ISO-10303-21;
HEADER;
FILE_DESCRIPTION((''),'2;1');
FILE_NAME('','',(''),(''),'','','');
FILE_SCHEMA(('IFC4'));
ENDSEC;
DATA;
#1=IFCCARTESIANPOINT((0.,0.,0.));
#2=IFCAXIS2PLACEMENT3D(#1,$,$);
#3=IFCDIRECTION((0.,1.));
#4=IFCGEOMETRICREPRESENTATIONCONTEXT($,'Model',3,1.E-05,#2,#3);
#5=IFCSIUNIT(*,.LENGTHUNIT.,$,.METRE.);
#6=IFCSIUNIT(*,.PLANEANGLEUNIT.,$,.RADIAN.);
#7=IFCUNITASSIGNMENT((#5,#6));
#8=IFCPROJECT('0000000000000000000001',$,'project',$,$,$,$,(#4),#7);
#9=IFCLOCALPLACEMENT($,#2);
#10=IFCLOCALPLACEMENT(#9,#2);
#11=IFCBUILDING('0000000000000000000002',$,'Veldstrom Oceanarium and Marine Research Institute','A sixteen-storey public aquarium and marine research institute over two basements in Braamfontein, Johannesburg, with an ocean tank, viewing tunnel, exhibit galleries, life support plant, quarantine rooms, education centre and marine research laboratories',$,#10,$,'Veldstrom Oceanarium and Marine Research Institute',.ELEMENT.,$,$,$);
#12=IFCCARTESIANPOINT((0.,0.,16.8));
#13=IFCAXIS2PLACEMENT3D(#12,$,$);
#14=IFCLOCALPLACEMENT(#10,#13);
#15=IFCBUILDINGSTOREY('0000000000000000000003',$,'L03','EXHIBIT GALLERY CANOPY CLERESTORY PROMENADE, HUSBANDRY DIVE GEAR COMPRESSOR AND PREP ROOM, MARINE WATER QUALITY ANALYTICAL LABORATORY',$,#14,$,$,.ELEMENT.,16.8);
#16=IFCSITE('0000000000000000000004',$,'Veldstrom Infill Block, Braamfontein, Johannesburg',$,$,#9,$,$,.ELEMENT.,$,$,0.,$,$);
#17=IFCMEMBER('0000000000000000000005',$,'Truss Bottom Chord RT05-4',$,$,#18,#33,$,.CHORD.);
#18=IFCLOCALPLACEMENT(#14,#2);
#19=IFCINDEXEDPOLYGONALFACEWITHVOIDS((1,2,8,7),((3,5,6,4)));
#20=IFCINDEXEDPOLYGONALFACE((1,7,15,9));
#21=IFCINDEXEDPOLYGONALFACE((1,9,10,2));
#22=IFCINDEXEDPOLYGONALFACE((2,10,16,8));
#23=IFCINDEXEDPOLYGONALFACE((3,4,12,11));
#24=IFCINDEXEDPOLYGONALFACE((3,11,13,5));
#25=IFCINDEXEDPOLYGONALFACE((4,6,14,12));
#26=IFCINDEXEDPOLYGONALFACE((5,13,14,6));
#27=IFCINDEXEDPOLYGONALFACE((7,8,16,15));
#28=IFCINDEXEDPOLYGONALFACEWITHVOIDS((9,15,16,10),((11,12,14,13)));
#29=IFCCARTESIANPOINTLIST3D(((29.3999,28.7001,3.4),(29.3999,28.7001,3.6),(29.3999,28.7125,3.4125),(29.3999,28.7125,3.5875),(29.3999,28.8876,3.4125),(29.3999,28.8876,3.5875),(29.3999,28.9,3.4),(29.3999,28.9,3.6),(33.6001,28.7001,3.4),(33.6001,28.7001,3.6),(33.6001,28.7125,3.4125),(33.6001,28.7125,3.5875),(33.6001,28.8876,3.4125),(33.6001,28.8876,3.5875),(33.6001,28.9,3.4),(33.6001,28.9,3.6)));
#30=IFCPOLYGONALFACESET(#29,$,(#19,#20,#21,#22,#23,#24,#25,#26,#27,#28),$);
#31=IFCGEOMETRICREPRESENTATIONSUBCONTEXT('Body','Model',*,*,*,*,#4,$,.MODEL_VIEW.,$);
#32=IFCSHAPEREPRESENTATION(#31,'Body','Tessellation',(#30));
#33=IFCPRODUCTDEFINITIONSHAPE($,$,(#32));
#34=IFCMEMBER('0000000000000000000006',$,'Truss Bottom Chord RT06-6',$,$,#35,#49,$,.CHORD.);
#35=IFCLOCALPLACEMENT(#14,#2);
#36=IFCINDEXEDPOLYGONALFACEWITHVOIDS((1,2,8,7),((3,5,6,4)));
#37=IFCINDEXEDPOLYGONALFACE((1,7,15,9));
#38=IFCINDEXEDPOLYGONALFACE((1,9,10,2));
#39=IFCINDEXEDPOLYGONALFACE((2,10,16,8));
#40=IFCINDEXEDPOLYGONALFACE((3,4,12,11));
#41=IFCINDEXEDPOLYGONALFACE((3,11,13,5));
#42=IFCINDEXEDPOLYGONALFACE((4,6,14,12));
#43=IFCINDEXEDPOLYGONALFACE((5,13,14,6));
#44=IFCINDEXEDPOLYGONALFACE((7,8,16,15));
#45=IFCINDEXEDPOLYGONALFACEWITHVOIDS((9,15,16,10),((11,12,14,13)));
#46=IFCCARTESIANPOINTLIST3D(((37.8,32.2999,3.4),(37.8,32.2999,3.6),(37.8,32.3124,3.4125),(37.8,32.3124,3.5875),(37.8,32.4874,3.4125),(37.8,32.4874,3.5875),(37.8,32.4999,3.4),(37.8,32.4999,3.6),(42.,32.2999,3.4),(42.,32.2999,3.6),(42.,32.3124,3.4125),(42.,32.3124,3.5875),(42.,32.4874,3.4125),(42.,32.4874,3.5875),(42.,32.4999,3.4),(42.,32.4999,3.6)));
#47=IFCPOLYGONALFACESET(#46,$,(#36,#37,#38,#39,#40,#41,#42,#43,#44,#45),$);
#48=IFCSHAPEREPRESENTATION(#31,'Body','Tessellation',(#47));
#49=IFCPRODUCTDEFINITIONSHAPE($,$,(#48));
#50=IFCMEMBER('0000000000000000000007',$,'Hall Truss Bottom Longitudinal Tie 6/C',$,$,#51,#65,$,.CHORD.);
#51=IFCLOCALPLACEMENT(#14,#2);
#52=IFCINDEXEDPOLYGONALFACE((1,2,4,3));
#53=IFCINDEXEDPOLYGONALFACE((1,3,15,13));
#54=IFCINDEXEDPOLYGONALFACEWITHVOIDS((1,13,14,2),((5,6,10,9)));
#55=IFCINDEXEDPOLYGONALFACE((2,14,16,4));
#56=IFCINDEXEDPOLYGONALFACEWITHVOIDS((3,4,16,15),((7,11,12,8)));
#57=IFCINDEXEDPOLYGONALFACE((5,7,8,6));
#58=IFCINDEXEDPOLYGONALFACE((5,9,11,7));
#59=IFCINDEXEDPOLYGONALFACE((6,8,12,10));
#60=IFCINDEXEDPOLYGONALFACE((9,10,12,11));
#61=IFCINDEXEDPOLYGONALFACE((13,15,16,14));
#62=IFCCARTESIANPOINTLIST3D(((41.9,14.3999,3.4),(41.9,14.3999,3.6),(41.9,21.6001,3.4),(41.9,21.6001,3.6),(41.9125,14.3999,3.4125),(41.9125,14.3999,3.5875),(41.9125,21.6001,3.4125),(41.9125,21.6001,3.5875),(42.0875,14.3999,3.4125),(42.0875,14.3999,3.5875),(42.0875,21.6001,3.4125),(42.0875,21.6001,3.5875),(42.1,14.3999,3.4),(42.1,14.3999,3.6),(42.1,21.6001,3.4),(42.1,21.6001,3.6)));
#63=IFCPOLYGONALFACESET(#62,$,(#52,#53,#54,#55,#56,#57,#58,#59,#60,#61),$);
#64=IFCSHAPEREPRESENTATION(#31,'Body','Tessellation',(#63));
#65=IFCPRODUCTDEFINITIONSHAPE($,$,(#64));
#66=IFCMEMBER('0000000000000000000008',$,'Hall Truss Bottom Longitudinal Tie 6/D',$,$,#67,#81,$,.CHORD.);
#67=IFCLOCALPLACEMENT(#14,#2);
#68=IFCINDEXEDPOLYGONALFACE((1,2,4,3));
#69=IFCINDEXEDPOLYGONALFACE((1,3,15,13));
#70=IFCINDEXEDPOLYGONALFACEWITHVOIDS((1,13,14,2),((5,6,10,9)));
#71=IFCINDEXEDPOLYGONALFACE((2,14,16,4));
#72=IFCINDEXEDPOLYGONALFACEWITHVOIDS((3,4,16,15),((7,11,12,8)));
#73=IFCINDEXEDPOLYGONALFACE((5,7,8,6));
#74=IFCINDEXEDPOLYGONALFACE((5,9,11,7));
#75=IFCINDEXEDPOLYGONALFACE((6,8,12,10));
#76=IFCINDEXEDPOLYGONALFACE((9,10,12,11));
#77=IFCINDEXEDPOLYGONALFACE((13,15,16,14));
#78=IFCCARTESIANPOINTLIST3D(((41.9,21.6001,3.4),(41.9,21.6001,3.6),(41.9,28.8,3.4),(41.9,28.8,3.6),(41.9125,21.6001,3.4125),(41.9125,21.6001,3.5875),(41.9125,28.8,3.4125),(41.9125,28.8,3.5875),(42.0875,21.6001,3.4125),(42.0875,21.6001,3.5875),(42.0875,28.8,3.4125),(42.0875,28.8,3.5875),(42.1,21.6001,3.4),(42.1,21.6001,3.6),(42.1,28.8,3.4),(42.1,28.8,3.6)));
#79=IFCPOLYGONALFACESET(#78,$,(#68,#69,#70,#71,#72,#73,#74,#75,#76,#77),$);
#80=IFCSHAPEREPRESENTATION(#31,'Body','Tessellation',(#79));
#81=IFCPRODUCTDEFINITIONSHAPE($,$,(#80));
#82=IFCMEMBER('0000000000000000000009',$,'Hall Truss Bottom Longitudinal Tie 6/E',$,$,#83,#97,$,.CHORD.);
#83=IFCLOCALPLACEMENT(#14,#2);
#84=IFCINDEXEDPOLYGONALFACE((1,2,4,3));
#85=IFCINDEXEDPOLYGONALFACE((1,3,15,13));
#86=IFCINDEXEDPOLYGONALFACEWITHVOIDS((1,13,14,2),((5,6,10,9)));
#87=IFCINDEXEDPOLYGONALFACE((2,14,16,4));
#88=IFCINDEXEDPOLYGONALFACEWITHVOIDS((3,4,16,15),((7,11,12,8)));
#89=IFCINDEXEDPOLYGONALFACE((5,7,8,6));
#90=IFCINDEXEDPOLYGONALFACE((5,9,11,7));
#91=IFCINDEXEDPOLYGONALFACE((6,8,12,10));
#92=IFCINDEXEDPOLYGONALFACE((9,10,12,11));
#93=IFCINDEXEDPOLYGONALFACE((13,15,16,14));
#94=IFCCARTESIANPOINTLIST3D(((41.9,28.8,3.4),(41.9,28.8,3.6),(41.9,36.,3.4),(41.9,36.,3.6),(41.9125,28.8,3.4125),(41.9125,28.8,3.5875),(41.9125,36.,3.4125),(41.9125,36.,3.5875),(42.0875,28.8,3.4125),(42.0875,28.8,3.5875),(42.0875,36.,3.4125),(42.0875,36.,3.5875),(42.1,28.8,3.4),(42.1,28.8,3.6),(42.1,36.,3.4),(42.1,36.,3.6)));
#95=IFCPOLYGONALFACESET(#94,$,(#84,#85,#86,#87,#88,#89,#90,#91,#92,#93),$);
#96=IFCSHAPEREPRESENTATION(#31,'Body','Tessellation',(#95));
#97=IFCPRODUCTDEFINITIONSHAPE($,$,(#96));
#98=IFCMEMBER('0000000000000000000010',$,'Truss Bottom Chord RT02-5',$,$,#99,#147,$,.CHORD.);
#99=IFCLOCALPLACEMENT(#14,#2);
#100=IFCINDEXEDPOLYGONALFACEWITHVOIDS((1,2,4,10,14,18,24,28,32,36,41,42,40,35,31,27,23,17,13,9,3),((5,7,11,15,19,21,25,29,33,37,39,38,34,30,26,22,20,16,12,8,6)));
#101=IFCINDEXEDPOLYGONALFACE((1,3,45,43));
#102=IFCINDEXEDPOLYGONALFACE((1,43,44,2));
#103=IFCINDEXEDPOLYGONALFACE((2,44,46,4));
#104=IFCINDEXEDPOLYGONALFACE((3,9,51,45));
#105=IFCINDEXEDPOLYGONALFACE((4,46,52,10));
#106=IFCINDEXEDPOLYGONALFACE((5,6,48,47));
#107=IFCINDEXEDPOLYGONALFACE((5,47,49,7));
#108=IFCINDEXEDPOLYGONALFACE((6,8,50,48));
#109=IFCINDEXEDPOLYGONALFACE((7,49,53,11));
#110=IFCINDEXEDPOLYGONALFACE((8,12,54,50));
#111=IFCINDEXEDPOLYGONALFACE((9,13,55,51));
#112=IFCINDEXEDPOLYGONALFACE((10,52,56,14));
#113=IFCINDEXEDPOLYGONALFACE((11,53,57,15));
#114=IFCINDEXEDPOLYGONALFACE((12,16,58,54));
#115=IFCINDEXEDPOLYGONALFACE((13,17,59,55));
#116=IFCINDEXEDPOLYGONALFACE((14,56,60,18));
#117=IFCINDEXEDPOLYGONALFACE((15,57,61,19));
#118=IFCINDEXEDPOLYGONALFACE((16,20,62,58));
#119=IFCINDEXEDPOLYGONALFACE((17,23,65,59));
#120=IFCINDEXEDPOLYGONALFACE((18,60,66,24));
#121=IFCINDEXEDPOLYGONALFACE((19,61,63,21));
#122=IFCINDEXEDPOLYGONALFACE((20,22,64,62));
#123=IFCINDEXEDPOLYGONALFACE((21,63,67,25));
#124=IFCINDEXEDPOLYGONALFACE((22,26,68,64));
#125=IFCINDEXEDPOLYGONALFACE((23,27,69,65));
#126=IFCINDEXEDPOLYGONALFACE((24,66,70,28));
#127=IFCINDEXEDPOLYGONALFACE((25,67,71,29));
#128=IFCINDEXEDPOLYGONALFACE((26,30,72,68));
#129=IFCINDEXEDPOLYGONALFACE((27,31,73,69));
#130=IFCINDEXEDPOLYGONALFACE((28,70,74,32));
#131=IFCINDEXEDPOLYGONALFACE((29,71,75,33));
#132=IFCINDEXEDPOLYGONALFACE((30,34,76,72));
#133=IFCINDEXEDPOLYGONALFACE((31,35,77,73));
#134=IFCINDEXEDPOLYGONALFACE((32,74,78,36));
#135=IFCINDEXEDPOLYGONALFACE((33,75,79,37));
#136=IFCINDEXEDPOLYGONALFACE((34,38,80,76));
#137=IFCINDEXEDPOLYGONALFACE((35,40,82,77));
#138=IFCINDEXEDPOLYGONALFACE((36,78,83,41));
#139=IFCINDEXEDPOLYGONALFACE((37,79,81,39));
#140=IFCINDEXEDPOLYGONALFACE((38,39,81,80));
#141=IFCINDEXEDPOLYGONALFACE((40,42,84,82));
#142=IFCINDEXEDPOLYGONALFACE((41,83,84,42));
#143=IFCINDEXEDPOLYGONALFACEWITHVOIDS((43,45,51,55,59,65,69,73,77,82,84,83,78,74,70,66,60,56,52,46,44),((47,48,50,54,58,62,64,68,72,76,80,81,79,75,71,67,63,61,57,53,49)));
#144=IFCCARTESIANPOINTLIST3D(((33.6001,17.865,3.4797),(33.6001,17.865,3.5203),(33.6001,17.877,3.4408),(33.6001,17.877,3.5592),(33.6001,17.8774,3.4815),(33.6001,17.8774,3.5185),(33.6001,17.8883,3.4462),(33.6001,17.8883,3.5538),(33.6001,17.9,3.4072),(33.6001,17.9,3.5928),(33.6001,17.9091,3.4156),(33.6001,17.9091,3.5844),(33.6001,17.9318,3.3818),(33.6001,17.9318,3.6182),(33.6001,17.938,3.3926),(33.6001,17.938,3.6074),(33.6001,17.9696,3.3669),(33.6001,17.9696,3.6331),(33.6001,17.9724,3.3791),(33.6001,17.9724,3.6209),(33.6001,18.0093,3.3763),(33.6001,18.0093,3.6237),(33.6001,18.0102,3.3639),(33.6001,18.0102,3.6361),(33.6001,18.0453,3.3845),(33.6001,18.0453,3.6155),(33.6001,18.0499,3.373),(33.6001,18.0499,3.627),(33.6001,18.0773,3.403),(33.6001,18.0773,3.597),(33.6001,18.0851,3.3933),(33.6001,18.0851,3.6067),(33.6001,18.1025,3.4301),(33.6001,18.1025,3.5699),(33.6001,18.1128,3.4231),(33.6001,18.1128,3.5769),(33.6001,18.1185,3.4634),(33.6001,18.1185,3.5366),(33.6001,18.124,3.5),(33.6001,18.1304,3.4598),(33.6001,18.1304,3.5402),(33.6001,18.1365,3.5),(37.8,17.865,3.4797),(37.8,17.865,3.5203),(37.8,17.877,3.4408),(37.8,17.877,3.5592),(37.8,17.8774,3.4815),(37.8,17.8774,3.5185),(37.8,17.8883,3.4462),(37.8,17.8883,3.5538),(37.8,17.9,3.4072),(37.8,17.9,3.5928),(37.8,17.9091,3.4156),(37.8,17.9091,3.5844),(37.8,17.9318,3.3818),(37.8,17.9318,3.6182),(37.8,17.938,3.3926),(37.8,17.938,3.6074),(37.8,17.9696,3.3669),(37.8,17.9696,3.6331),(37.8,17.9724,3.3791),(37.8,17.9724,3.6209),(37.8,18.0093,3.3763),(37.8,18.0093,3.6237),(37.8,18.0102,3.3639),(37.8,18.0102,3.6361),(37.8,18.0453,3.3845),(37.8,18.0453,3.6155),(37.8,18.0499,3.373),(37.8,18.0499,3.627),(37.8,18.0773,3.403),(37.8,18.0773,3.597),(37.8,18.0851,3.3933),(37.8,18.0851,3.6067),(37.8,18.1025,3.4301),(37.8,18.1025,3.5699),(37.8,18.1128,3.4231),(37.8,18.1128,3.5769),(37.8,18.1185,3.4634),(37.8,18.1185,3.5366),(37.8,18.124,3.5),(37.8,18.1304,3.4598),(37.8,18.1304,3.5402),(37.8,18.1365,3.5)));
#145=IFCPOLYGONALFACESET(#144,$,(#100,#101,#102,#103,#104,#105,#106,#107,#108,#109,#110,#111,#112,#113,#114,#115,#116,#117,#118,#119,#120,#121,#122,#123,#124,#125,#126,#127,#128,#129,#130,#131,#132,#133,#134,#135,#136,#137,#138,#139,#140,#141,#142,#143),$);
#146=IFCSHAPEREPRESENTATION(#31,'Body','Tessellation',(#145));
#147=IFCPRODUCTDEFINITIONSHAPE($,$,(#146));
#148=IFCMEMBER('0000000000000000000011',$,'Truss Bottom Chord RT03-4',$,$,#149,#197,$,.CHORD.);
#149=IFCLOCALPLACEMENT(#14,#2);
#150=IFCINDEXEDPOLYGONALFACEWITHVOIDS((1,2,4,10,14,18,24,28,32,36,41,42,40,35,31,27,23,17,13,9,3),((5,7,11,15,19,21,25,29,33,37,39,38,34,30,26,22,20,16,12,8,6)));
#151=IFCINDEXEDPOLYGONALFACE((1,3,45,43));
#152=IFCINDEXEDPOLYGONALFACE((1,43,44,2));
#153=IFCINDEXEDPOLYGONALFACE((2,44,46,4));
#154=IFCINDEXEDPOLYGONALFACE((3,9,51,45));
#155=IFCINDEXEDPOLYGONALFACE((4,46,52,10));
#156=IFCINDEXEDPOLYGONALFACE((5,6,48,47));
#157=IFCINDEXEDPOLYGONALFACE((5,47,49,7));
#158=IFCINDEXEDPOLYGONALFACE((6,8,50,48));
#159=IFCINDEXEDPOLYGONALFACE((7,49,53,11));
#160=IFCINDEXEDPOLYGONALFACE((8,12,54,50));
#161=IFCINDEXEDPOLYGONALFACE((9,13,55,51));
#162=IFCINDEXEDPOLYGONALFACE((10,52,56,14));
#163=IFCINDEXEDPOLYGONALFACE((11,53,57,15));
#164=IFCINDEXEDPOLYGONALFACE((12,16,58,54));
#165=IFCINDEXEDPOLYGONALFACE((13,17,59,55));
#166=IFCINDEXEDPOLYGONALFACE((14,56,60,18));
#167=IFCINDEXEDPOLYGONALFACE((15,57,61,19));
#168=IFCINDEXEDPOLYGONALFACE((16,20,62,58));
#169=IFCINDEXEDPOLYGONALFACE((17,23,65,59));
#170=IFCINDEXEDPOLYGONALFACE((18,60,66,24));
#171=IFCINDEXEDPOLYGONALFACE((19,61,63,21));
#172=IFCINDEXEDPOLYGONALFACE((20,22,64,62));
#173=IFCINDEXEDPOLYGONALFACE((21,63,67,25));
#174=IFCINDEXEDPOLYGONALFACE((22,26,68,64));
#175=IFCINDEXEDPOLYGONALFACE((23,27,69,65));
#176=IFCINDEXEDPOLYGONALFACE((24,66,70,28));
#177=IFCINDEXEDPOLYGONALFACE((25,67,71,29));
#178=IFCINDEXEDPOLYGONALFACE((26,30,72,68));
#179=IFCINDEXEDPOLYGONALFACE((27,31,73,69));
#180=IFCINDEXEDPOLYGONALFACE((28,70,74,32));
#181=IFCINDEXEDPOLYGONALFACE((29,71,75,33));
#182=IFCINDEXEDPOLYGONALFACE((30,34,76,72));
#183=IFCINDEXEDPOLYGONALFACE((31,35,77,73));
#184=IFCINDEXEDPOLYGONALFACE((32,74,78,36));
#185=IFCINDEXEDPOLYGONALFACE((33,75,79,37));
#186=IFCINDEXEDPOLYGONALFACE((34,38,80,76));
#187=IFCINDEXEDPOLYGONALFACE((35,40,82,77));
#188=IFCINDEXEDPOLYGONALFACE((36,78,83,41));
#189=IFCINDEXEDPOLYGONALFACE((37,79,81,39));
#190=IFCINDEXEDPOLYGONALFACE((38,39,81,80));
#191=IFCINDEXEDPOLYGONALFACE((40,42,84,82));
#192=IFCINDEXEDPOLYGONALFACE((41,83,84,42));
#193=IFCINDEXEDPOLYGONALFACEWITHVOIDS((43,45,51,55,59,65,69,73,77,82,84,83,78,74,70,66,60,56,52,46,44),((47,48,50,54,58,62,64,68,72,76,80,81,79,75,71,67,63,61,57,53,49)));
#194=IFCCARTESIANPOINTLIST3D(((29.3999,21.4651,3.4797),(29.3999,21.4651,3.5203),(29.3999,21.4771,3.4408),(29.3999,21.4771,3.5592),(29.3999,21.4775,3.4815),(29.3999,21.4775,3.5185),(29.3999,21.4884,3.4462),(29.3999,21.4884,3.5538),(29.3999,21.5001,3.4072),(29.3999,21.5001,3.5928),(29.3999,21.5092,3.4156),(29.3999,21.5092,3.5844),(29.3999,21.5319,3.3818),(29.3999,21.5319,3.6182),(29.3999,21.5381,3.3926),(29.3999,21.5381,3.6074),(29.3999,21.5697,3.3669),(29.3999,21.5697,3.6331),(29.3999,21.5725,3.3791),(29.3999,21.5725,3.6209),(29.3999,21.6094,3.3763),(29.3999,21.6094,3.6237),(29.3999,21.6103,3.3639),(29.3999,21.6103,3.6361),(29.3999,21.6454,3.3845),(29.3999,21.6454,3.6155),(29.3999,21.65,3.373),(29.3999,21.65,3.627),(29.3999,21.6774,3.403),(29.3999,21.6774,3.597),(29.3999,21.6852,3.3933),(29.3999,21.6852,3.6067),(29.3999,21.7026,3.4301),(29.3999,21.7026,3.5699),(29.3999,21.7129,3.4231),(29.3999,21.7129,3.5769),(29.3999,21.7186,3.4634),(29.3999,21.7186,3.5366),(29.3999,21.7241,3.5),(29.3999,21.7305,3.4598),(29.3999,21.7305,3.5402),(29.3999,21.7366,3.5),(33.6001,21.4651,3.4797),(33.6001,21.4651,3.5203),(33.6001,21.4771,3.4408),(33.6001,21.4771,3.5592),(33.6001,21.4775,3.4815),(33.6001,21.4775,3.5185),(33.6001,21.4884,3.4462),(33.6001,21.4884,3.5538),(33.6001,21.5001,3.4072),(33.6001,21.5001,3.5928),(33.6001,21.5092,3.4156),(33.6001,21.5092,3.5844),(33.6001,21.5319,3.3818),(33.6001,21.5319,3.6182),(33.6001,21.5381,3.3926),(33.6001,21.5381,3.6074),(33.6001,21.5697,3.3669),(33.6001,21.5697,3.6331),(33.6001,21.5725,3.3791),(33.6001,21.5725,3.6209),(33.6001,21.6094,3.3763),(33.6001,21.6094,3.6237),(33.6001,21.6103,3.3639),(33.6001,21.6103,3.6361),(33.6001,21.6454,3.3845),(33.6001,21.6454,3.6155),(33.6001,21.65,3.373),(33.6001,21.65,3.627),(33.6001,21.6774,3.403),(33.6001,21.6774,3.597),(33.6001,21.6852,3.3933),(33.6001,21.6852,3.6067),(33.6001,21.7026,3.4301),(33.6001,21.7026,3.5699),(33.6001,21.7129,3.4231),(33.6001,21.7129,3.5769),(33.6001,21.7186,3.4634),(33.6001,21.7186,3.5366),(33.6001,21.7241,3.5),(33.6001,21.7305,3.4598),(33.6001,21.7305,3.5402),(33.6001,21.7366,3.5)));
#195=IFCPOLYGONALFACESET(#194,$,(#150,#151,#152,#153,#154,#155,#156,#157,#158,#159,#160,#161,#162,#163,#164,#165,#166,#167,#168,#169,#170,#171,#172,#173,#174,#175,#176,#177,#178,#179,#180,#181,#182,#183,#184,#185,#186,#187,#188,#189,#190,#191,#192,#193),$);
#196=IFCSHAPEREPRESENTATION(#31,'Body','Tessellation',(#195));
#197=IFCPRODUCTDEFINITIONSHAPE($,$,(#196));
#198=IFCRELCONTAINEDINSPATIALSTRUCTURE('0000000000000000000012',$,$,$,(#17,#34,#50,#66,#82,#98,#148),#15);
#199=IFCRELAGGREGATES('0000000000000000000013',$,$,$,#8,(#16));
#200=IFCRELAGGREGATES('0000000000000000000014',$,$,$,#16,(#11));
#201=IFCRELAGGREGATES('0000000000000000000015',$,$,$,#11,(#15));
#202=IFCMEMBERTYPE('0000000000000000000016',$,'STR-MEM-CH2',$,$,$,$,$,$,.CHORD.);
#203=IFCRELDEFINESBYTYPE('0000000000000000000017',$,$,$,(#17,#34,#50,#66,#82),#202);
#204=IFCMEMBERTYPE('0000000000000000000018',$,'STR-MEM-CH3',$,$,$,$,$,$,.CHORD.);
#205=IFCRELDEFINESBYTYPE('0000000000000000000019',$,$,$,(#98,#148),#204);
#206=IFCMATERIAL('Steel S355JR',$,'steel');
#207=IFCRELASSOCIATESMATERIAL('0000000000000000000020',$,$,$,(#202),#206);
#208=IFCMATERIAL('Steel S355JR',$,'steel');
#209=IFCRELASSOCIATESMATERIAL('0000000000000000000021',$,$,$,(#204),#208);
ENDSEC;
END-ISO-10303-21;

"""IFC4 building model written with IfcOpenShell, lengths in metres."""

from ifc_helpers import new_model, si_unit, direction, frame, origin, origin_2d, place, context, subcontext, project, spatial, hollow_rectangle, hollow_circle, extrude, material, material_profile, profile_set, type_object, element, save


model = new_model("IFC4")

# Units and contexts
model_context = context("Model", 3, precision=1e-05, world=origin(), true_north=direction((0.0, 1.0)))
body_context = subcontext(model_context, "Body", "Model", "MODEL_VIEW")
ifc_project = project(units=[si_unit("LENGTHUNIT", "METRE"), si_unit("PLANEANGLEUNIT", "RADIAN")], contexts=[model_context])

# Site, building, storey
site_placement = place(None, origin())
site = spatial("IfcSite", under=ifc_project, at=site_placement, Name="Veldstrom Infill Block, Braamfontein, Johannesburg", CompositionType="ELEMENT", RefElevation=0.0)
building_placement = place(site_placement, origin())
building = spatial("IfcBuilding", under=site, at=building_placement, Name="Veldstrom Oceanarium and Marine Research Institute", Description="A sixteen-storey public aquarium and marine research institute over two basements in Braamfontein, Johannesburg, with an ocean tank, viewing tunnel, exhibit galleries, life support plant, quarantine rooms, education centre and marine research laboratories", LongName="Veldstrom Oceanarium and Marine Research Institute", CompositionType="ELEMENT")
storey_placement = place(building_placement, frame((0.0, 0.0, 16.8)))
storey = spatial("IfcBuildingStorey", under=building, at=storey_placement, Name="L03", Description="EXHIBIT GALLERY CANOPY CLERESTORY PROMENADE, HUSBANDRY DIVE GEAR COMPRESSOR AND PREP ROOM, MARINE WATER QUALITY ANALYTICAL LABORATORY", CompositionType="ELEMENT", Elevation=16.8)

# Members
ifc_material_1 = material(Name="Steel S355JR", Category="steel")
ifc_material_profile_1 = material_profile(ifc_material_1, hollow_rectangle(XDim=0.2, YDim=0.2, WallThickness=0.0125, at=origin_2d()), Name="SHS 200x200x12.5")
ifc_profile_set_1 = profile_set([ifc_material_profile_1], Name="Steel S355JR")
member_type_1 = type_object("IfcMemberType", Name="STR-MEM-CH2", PredefinedType="CHORD", material=ifc_profile_set_1)
member_1_placement = place(storey_placement, frame((29.3999, 28.8, 3.5), z_axis=(1.0, 0.0, 0.0), x_axis=(0.0, 1.0, 0.0)))
element("IfcMember", 1, at=member_1_placement, inside=storey, type_object=member_type_1, Name="Truss Bottom Chord RT05-4", PredefinedType="CHORD", context=body_context, shape_type="SweptSolid", body=[
    extrude(hollow_rectangle(XDim=0.2, YDim=0.2, WallThickness=0.0125, at=origin_2d()), origin(), (0.0, 0.0, 1.0), 4.2002),
])
member_2_placement = place(storey_placement, frame((37.8, 32.3999, 3.5), z_axis=(1.0, 0.0, 0.0), x_axis=(0.0, 1.0, 0.0)))
element("IfcMember", 2, at=member_2_placement, inside=storey, type_object=member_type_1, Name="Truss Bottom Chord RT06-6", PredefinedType="CHORD", context=body_context, shape_type="SweptSolid", body=[
    extrude(hollow_rectangle(XDim=0.2, YDim=0.2, WallThickness=0.0125, at=origin_2d()), origin(), (0.0, 0.0, 1.0), 4.2),
])
member_3_placement = place(storey_placement, frame((42.0, 14.3999, 3.5), z_axis=(0.0, 1.0, 0.0), x_axis=(-1.0, 0.0, 0.0)))
element("IfcMember", 3, at=member_3_placement, inside=storey, type_object=member_type_1, Name="Hall Truss Bottom Longitudinal Tie 6/C", PredefinedType="CHORD", context=body_context, shape_type="SweptSolid", body=[
    extrude(hollow_rectangle(XDim=0.2, YDim=0.2, WallThickness=0.0125, at=origin_2d()), origin(), (0.0, 0.0, 1.0), 7.2002),
])
for number, where, z_axis, x_axis, name in (
    (4, (42.0, 21.6001, 3.5), (0.0, 1.0, 0.0), (-1.0, 0.0, 0.0), "Hall Truss Bottom Longitudinal Tie 6/D"),
    (5, (42.0, 28.8, 3.5), (0.0, 1.0, 0.0), (-1.0, 0.0, 0.0), "Hall Truss Bottom Longitudinal Tie 6/E"),
):
    element("IfcMember", number, at=place(storey_placement, frame(where, z_axis=z_axis, x_axis=x_axis)), inside=storey, type_object=member_type_1, Name=name, PredefinedType="CHORD", context=body_context, shape_type="SweptSolid", body=[
        extrude(hollow_rectangle(XDim=0.2, YDim=0.2, WallThickness=0.0125, at=origin_2d()), origin(), (0.0, 0.0, 1.0), 7.2),
    ])
ifc_material_2 = material(Name="Steel S355JR", Category="steel")
ifc_material_profile_2 = material_profile(ifc_material_2, hollow_circle(Radius=0.1365, WallThickness=0.0125, at=origin_2d()), Name="CHS 273x12.5")
ifc_profile_set_2 = profile_set([ifc_material_profile_2], Name="Steel S355JR")
member_type_2 = type_object("IfcMemberType", Name="STR-MEM-CH3", PredefinedType="CHORD", material=ifc_profile_set_2)
member_4_placement = place(storey_placement, frame((33.6001, 18.0, 3.5), z_axis=(1.0, 0.0, 0.0), x_axis=(0.0, 1.0, 0.0)))
element("IfcMember", 6, at=member_4_placement, inside=storey, type_object=member_type_2, Name="Truss Bottom Chord RT02-5", PredefinedType="CHORD", context=body_context, shape_type="SweptSolid", body=[
    extrude(hollow_circle(Radius=0.1365, WallThickness=0.0125, at=origin_2d()), origin(), (0.0, 0.0, 1.0), 4.2),
])
member_5_placement = place(storey_placement, frame((29.3999, 21.6001, 3.5), z_axis=(1.0, 0.0, 0.0), x_axis=(0.0, 1.0, 0.0)))
element("IfcMember", 7, at=member_5_placement, inside=storey, type_object=member_type_2, Name="Truss Bottom Chord RT03-4", PredefinedType="CHORD", context=body_context, shape_type="SweptSolid", body=[
    extrude(hollow_circle(Radius=0.1365, WallThickness=0.0125, at=origin_2d()), origin(), (0.0, 0.0, 1.0), 4.2002),
])

save(model, "model.ifc")
